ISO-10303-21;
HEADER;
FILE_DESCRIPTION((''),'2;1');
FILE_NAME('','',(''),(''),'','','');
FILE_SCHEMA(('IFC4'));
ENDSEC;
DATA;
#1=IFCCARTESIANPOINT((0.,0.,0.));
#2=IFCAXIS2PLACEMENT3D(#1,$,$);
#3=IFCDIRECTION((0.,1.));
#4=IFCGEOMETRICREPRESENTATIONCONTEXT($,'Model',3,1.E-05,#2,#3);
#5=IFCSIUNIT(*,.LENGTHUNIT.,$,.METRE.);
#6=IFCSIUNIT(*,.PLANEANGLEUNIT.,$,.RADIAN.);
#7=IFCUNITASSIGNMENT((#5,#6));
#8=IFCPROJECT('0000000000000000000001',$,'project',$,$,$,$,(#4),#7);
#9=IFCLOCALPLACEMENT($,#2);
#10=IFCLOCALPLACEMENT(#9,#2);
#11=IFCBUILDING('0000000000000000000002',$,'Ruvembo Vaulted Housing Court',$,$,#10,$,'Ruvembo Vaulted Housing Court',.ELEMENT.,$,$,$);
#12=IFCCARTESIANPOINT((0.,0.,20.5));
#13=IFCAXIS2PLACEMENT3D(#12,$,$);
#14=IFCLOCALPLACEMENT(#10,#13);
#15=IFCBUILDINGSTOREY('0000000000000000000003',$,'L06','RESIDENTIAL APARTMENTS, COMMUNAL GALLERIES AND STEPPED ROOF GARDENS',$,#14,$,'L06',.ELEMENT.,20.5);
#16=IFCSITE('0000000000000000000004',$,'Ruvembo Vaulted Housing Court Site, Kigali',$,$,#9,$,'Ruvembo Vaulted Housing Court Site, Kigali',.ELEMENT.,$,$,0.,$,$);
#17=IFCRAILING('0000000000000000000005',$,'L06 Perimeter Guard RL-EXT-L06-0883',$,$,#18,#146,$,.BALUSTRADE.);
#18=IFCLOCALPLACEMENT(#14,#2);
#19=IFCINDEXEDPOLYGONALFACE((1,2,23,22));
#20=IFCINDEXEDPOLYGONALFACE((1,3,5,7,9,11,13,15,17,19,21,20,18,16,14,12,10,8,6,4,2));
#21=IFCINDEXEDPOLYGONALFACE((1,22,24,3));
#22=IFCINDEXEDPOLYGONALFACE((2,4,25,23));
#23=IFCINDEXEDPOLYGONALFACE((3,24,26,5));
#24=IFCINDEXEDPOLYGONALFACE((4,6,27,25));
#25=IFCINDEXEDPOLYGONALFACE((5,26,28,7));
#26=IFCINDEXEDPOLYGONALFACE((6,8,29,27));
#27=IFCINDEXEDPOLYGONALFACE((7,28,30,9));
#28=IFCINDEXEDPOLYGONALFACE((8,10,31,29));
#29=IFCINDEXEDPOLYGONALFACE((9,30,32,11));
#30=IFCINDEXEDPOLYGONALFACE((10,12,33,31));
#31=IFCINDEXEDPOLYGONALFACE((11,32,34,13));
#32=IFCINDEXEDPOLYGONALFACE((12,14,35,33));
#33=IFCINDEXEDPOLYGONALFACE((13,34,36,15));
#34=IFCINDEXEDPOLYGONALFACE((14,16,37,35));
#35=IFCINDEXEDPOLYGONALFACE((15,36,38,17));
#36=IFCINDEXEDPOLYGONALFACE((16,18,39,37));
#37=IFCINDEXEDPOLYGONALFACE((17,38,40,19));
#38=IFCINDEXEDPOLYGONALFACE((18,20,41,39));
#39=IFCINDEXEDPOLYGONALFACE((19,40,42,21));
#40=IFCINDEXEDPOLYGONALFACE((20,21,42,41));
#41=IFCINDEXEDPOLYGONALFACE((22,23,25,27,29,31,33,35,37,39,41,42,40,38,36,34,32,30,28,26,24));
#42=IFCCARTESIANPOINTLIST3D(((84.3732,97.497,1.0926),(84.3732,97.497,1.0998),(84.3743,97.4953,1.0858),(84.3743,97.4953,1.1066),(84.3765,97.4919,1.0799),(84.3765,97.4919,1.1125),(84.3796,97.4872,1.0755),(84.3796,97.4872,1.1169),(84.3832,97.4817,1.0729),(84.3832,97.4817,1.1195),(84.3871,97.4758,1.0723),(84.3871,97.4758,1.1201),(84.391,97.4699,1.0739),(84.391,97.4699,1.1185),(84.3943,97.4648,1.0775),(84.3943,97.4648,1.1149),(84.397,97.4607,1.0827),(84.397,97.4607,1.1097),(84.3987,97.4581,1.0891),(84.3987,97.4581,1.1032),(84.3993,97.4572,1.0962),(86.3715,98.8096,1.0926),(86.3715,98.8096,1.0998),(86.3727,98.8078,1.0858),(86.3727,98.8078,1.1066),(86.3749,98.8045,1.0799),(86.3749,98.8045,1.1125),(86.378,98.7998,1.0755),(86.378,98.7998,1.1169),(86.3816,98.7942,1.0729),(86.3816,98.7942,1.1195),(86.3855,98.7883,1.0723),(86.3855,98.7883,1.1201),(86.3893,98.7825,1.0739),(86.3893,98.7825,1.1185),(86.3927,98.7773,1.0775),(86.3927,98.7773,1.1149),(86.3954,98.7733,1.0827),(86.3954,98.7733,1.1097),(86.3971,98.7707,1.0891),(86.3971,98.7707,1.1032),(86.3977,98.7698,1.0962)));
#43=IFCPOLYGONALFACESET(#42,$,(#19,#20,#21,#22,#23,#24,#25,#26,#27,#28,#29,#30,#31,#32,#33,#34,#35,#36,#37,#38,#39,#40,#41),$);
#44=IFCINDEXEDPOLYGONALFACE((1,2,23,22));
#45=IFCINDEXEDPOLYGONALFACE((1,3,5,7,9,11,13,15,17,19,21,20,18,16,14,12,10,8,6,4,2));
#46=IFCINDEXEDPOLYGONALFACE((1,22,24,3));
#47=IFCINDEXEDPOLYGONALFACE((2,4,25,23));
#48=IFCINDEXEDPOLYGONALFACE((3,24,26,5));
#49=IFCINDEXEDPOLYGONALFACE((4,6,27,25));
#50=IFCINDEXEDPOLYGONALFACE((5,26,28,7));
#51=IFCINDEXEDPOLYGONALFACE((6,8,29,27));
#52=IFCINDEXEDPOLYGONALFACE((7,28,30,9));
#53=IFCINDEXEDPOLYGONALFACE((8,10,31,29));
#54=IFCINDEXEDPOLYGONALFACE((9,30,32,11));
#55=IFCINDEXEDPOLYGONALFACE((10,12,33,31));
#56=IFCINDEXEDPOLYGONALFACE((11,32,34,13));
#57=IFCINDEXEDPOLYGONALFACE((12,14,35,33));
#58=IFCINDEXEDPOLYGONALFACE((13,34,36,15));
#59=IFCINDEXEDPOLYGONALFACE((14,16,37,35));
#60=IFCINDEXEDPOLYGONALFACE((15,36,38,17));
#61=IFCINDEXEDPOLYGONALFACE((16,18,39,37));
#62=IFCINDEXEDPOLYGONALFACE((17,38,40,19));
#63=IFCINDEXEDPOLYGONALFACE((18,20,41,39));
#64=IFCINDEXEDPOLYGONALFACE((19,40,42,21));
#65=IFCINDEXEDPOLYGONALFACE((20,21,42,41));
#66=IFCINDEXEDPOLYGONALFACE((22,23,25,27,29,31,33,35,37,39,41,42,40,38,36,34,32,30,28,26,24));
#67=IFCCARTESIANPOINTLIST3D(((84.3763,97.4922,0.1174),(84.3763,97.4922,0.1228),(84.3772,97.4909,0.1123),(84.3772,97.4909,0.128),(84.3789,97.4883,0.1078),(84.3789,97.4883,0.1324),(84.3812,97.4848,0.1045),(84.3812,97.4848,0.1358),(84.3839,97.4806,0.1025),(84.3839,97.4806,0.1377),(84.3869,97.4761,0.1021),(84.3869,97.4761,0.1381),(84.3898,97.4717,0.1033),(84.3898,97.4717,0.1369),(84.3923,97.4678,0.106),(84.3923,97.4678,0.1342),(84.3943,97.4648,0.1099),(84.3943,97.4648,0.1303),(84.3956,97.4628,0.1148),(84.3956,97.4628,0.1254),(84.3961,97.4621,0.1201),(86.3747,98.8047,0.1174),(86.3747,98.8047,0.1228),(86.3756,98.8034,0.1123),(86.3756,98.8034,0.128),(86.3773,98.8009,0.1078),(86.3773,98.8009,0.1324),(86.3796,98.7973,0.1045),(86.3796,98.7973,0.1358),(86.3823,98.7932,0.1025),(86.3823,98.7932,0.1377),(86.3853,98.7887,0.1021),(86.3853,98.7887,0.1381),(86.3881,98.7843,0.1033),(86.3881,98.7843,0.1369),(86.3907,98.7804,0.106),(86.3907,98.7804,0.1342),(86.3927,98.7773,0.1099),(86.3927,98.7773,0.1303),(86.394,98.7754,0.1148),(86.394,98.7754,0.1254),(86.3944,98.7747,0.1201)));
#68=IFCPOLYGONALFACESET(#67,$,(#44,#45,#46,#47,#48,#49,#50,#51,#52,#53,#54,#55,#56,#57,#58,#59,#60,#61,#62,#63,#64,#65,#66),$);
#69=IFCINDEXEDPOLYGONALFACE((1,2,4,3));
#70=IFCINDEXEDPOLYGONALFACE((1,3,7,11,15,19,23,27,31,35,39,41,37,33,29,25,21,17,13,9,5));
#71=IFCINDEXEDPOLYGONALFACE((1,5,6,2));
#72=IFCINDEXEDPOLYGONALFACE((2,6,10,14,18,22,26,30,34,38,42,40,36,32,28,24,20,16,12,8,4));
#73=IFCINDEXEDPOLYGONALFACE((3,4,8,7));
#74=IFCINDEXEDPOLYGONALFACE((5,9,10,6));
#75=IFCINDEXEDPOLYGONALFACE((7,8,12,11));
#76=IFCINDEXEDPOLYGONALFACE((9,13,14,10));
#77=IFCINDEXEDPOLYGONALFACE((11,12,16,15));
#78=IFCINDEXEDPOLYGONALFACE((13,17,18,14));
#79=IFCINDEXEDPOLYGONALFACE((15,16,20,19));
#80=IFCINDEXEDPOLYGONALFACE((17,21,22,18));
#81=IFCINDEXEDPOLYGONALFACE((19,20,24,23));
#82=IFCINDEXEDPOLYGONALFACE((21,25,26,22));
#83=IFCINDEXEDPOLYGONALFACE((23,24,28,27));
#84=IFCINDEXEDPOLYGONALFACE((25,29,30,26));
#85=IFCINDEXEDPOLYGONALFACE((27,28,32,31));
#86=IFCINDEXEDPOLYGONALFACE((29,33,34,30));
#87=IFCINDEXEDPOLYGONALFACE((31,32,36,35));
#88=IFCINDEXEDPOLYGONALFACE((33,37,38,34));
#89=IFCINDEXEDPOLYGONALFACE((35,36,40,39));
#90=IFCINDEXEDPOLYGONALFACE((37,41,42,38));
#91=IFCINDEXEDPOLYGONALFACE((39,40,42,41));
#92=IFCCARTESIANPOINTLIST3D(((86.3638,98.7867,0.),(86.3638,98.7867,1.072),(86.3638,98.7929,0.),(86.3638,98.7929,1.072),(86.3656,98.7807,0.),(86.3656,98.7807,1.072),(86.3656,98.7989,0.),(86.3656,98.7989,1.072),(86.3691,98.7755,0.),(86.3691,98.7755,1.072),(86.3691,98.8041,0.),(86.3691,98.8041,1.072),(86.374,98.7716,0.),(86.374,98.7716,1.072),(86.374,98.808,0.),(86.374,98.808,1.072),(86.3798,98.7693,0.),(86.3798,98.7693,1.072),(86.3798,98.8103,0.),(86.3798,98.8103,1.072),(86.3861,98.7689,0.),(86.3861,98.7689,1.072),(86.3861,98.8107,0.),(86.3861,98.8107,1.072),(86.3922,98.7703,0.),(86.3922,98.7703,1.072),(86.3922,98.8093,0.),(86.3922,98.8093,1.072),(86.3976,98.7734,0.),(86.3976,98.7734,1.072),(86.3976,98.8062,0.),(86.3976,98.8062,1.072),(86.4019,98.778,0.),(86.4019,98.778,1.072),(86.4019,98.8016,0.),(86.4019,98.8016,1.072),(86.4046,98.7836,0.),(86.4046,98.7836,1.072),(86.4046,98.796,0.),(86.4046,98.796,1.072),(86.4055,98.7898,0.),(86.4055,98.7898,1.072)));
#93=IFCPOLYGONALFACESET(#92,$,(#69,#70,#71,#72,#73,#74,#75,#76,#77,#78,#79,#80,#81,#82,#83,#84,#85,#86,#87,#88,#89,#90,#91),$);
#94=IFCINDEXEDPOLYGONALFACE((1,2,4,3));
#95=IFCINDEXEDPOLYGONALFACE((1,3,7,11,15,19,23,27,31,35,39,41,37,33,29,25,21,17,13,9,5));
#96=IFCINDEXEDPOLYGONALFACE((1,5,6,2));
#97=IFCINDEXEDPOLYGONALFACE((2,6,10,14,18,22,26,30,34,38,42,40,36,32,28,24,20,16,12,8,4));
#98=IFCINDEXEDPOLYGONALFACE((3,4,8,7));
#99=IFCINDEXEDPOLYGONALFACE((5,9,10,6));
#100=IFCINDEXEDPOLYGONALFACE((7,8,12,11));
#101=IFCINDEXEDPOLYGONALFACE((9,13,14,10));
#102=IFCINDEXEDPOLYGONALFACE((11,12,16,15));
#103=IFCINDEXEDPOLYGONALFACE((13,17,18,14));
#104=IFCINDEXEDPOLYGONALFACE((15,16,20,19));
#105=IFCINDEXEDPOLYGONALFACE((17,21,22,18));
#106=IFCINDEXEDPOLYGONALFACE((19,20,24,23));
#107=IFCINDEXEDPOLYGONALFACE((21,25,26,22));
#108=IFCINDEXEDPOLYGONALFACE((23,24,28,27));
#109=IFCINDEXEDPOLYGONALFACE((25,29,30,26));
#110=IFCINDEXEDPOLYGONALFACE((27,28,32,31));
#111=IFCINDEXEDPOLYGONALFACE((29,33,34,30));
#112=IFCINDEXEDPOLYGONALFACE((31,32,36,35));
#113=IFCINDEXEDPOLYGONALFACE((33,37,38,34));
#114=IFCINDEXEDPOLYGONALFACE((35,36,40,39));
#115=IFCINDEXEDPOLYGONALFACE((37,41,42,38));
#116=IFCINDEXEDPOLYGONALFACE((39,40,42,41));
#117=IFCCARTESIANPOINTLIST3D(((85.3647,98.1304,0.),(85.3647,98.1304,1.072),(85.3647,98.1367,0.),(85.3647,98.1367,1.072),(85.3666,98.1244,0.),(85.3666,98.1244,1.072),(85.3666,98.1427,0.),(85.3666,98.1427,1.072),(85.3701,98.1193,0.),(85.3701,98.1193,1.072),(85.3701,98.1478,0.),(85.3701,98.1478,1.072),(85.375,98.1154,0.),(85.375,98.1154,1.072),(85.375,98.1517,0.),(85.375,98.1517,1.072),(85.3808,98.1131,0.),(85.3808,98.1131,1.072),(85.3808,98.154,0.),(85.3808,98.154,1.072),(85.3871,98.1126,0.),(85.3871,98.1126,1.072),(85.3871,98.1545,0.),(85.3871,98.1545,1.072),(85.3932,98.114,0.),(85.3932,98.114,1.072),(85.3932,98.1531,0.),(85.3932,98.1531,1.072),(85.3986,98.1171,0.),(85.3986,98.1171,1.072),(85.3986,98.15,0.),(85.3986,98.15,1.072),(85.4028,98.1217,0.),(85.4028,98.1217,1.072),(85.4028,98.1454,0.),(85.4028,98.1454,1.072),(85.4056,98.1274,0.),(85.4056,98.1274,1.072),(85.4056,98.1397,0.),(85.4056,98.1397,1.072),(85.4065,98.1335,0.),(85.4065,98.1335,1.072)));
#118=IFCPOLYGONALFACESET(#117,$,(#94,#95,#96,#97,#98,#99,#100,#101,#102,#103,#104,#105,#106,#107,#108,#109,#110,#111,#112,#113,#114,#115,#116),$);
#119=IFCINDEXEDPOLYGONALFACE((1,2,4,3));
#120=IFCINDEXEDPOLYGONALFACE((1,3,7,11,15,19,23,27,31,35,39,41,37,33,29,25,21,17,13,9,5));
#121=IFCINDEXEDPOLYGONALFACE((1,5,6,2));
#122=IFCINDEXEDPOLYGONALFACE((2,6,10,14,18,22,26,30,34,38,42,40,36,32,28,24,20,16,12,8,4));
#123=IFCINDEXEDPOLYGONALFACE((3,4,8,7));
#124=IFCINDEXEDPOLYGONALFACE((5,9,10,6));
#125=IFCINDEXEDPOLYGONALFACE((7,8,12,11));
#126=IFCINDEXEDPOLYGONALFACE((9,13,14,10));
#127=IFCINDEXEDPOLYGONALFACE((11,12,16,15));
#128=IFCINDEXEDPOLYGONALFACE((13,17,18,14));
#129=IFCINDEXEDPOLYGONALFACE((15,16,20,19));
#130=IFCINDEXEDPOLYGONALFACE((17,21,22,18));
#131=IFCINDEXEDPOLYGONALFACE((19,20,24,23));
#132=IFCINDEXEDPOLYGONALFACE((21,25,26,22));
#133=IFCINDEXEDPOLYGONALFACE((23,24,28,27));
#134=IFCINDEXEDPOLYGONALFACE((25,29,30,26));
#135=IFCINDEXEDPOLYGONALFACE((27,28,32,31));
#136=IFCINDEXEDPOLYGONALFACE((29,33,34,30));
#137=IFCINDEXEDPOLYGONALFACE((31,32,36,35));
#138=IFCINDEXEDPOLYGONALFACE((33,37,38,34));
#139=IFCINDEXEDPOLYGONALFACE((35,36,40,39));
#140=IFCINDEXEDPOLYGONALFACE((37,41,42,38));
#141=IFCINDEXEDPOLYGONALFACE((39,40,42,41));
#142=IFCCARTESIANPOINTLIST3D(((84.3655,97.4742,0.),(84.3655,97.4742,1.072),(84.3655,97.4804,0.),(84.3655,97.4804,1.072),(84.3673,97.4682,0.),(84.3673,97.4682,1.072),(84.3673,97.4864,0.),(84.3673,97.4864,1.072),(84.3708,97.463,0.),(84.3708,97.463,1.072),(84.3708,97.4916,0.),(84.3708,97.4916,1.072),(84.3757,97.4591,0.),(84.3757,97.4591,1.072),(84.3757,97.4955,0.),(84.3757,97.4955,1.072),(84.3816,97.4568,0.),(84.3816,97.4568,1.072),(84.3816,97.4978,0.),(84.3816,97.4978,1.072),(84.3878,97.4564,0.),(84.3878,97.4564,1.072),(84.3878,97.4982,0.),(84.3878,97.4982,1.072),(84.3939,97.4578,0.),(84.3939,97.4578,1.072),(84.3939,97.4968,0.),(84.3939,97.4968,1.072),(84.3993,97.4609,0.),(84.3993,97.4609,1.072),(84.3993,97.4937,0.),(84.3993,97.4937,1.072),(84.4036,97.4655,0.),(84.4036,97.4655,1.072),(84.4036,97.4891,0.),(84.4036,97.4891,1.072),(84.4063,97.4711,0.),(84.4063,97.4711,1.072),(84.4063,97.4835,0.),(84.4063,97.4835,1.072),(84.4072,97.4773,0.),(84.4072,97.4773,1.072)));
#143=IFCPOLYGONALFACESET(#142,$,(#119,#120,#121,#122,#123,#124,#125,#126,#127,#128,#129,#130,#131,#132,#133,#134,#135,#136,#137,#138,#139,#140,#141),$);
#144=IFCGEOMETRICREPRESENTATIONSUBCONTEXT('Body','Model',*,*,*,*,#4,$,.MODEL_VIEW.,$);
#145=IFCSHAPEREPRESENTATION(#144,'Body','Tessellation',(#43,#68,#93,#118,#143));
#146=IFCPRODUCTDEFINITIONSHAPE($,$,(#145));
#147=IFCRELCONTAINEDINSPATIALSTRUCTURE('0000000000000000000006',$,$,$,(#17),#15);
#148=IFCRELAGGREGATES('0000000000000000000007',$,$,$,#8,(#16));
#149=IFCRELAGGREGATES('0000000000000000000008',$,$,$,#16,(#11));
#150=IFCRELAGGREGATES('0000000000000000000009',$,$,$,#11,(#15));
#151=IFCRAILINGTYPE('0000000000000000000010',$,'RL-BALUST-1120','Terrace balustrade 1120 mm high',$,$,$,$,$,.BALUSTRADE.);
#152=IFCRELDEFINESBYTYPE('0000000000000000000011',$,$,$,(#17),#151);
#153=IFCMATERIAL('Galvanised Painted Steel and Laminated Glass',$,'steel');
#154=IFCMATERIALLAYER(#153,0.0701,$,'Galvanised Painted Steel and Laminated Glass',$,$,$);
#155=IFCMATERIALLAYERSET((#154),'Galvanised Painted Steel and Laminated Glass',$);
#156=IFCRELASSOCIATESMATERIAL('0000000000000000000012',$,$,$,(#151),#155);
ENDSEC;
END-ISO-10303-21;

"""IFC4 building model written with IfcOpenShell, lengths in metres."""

from ifc_helpers import new_model, si_unit, direction, frame, origin, origin_2d, place, context, subcontext, project, spatial, circle, extrude, material, layer, layer_set, type_object, element, save


model = new_model("IFC4")

# Units and contexts
model_context = context("Model", 3, precision=1e-05, world=origin(), true_north=direction((0.0, 1.0)))
body_context = subcontext(model_context, "Body", "Model", "MODEL_VIEW")
ifc_project = project(units=[si_unit("LENGTHUNIT", "METRE"), si_unit("PLANEANGLEUNIT", "RADIAN")], contexts=[model_context])

# Site, building, storey
site_placement = place(None, origin())
site = spatial("IfcSite", under=ifc_project, at=site_placement, Name="Ruvembo Vaulted Housing Court Site, Kigali", LongName="Ruvembo Vaulted Housing Court Site, Kigali", CompositionType="ELEMENT", RefElevation=0.0)
building_placement = place(site_placement, origin())
building = spatial("IfcBuilding", under=site, at=building_placement, Name="Ruvembo Vaulted Housing Court", LongName="Ruvembo Vaulted Housing Court", CompositionType="ELEMENT")
storey_placement = place(building_placement, frame((0.0, 0.0, 20.5)))
storey = spatial("IfcBuildingStorey", under=building, at=storey_placement, Name="L06", Description="RESIDENTIAL APARTMENTS, COMMUNAL GALLERIES AND STEPPED ROOF GARDENS", LongName="L06", CompositionType="ELEMENT", Elevation=20.5)

# Railing
ifc_material_1 = material(Name="Galvanised Painted Steel and Laminated Glass", Category="steel")
ifc_layer_1 = layer(ifc_material_1, 0.0701, Name="Galvanised Painted Steel and Laminated Glass")
ifc_layer_set_1 = layer_set([ifc_layer_1], Name="Galvanised Painted Steel and Laminated Glass")
railing_type = type_object("IfcRailingType", Name="RL-BALUST-1120", Description="Terrace balustrade 1120 mm high", PredefinedType="BALUSTRADE", material=ifc_layer_set_1)
railing_1_placement = place(storey_placement, frame((86.3845, 98.7898, 0.0)))
element("IfcRailing", 1, at=railing_1_placement, inside=storey, type_object=railing_type, Name="L06 Perimeter Guard RL-EXT-L06-0883", PredefinedType="BALUSTRADE", context=body_context, shape_type="SweptSolid", body=[
    extrude(circle(Radius=0.0239, at=origin_2d()), frame((0.0, 0.0, 1.0962), z_axis=(-0.835833, -0.548984, 0.0), x_axis=(0.548984, -0.835833, 0.0)), (0.0, 0.0, 1.0), 2.3909),
    extrude(circle(Radius=0.0181, at=origin_2d()), frame((0.0, 0.0, 0.1201), z_axis=(-0.835833, -0.548984, 0.0), x_axis=(0.548984, -0.835833, 0.0)), (0.0, 0.0, 1.0), 2.3909),
    extrude(circle(Radius=0.021, at=origin_2d()), origin(), (0.0, 0.0, 1.0), 1.072),
    extrude(circle(Radius=0.021, at=origin_2d()), frame((-0.999, -0.6562, 0.0)), (0.0, 0.0, 1.0), 1.072),
    extrude(circle(Radius=0.021, at=origin_2d()), frame((-1.9983, -1.3125, 0.0)), (0.0, 0.0, 1.0), 1.072),
])

save(model, "model.ifc")
